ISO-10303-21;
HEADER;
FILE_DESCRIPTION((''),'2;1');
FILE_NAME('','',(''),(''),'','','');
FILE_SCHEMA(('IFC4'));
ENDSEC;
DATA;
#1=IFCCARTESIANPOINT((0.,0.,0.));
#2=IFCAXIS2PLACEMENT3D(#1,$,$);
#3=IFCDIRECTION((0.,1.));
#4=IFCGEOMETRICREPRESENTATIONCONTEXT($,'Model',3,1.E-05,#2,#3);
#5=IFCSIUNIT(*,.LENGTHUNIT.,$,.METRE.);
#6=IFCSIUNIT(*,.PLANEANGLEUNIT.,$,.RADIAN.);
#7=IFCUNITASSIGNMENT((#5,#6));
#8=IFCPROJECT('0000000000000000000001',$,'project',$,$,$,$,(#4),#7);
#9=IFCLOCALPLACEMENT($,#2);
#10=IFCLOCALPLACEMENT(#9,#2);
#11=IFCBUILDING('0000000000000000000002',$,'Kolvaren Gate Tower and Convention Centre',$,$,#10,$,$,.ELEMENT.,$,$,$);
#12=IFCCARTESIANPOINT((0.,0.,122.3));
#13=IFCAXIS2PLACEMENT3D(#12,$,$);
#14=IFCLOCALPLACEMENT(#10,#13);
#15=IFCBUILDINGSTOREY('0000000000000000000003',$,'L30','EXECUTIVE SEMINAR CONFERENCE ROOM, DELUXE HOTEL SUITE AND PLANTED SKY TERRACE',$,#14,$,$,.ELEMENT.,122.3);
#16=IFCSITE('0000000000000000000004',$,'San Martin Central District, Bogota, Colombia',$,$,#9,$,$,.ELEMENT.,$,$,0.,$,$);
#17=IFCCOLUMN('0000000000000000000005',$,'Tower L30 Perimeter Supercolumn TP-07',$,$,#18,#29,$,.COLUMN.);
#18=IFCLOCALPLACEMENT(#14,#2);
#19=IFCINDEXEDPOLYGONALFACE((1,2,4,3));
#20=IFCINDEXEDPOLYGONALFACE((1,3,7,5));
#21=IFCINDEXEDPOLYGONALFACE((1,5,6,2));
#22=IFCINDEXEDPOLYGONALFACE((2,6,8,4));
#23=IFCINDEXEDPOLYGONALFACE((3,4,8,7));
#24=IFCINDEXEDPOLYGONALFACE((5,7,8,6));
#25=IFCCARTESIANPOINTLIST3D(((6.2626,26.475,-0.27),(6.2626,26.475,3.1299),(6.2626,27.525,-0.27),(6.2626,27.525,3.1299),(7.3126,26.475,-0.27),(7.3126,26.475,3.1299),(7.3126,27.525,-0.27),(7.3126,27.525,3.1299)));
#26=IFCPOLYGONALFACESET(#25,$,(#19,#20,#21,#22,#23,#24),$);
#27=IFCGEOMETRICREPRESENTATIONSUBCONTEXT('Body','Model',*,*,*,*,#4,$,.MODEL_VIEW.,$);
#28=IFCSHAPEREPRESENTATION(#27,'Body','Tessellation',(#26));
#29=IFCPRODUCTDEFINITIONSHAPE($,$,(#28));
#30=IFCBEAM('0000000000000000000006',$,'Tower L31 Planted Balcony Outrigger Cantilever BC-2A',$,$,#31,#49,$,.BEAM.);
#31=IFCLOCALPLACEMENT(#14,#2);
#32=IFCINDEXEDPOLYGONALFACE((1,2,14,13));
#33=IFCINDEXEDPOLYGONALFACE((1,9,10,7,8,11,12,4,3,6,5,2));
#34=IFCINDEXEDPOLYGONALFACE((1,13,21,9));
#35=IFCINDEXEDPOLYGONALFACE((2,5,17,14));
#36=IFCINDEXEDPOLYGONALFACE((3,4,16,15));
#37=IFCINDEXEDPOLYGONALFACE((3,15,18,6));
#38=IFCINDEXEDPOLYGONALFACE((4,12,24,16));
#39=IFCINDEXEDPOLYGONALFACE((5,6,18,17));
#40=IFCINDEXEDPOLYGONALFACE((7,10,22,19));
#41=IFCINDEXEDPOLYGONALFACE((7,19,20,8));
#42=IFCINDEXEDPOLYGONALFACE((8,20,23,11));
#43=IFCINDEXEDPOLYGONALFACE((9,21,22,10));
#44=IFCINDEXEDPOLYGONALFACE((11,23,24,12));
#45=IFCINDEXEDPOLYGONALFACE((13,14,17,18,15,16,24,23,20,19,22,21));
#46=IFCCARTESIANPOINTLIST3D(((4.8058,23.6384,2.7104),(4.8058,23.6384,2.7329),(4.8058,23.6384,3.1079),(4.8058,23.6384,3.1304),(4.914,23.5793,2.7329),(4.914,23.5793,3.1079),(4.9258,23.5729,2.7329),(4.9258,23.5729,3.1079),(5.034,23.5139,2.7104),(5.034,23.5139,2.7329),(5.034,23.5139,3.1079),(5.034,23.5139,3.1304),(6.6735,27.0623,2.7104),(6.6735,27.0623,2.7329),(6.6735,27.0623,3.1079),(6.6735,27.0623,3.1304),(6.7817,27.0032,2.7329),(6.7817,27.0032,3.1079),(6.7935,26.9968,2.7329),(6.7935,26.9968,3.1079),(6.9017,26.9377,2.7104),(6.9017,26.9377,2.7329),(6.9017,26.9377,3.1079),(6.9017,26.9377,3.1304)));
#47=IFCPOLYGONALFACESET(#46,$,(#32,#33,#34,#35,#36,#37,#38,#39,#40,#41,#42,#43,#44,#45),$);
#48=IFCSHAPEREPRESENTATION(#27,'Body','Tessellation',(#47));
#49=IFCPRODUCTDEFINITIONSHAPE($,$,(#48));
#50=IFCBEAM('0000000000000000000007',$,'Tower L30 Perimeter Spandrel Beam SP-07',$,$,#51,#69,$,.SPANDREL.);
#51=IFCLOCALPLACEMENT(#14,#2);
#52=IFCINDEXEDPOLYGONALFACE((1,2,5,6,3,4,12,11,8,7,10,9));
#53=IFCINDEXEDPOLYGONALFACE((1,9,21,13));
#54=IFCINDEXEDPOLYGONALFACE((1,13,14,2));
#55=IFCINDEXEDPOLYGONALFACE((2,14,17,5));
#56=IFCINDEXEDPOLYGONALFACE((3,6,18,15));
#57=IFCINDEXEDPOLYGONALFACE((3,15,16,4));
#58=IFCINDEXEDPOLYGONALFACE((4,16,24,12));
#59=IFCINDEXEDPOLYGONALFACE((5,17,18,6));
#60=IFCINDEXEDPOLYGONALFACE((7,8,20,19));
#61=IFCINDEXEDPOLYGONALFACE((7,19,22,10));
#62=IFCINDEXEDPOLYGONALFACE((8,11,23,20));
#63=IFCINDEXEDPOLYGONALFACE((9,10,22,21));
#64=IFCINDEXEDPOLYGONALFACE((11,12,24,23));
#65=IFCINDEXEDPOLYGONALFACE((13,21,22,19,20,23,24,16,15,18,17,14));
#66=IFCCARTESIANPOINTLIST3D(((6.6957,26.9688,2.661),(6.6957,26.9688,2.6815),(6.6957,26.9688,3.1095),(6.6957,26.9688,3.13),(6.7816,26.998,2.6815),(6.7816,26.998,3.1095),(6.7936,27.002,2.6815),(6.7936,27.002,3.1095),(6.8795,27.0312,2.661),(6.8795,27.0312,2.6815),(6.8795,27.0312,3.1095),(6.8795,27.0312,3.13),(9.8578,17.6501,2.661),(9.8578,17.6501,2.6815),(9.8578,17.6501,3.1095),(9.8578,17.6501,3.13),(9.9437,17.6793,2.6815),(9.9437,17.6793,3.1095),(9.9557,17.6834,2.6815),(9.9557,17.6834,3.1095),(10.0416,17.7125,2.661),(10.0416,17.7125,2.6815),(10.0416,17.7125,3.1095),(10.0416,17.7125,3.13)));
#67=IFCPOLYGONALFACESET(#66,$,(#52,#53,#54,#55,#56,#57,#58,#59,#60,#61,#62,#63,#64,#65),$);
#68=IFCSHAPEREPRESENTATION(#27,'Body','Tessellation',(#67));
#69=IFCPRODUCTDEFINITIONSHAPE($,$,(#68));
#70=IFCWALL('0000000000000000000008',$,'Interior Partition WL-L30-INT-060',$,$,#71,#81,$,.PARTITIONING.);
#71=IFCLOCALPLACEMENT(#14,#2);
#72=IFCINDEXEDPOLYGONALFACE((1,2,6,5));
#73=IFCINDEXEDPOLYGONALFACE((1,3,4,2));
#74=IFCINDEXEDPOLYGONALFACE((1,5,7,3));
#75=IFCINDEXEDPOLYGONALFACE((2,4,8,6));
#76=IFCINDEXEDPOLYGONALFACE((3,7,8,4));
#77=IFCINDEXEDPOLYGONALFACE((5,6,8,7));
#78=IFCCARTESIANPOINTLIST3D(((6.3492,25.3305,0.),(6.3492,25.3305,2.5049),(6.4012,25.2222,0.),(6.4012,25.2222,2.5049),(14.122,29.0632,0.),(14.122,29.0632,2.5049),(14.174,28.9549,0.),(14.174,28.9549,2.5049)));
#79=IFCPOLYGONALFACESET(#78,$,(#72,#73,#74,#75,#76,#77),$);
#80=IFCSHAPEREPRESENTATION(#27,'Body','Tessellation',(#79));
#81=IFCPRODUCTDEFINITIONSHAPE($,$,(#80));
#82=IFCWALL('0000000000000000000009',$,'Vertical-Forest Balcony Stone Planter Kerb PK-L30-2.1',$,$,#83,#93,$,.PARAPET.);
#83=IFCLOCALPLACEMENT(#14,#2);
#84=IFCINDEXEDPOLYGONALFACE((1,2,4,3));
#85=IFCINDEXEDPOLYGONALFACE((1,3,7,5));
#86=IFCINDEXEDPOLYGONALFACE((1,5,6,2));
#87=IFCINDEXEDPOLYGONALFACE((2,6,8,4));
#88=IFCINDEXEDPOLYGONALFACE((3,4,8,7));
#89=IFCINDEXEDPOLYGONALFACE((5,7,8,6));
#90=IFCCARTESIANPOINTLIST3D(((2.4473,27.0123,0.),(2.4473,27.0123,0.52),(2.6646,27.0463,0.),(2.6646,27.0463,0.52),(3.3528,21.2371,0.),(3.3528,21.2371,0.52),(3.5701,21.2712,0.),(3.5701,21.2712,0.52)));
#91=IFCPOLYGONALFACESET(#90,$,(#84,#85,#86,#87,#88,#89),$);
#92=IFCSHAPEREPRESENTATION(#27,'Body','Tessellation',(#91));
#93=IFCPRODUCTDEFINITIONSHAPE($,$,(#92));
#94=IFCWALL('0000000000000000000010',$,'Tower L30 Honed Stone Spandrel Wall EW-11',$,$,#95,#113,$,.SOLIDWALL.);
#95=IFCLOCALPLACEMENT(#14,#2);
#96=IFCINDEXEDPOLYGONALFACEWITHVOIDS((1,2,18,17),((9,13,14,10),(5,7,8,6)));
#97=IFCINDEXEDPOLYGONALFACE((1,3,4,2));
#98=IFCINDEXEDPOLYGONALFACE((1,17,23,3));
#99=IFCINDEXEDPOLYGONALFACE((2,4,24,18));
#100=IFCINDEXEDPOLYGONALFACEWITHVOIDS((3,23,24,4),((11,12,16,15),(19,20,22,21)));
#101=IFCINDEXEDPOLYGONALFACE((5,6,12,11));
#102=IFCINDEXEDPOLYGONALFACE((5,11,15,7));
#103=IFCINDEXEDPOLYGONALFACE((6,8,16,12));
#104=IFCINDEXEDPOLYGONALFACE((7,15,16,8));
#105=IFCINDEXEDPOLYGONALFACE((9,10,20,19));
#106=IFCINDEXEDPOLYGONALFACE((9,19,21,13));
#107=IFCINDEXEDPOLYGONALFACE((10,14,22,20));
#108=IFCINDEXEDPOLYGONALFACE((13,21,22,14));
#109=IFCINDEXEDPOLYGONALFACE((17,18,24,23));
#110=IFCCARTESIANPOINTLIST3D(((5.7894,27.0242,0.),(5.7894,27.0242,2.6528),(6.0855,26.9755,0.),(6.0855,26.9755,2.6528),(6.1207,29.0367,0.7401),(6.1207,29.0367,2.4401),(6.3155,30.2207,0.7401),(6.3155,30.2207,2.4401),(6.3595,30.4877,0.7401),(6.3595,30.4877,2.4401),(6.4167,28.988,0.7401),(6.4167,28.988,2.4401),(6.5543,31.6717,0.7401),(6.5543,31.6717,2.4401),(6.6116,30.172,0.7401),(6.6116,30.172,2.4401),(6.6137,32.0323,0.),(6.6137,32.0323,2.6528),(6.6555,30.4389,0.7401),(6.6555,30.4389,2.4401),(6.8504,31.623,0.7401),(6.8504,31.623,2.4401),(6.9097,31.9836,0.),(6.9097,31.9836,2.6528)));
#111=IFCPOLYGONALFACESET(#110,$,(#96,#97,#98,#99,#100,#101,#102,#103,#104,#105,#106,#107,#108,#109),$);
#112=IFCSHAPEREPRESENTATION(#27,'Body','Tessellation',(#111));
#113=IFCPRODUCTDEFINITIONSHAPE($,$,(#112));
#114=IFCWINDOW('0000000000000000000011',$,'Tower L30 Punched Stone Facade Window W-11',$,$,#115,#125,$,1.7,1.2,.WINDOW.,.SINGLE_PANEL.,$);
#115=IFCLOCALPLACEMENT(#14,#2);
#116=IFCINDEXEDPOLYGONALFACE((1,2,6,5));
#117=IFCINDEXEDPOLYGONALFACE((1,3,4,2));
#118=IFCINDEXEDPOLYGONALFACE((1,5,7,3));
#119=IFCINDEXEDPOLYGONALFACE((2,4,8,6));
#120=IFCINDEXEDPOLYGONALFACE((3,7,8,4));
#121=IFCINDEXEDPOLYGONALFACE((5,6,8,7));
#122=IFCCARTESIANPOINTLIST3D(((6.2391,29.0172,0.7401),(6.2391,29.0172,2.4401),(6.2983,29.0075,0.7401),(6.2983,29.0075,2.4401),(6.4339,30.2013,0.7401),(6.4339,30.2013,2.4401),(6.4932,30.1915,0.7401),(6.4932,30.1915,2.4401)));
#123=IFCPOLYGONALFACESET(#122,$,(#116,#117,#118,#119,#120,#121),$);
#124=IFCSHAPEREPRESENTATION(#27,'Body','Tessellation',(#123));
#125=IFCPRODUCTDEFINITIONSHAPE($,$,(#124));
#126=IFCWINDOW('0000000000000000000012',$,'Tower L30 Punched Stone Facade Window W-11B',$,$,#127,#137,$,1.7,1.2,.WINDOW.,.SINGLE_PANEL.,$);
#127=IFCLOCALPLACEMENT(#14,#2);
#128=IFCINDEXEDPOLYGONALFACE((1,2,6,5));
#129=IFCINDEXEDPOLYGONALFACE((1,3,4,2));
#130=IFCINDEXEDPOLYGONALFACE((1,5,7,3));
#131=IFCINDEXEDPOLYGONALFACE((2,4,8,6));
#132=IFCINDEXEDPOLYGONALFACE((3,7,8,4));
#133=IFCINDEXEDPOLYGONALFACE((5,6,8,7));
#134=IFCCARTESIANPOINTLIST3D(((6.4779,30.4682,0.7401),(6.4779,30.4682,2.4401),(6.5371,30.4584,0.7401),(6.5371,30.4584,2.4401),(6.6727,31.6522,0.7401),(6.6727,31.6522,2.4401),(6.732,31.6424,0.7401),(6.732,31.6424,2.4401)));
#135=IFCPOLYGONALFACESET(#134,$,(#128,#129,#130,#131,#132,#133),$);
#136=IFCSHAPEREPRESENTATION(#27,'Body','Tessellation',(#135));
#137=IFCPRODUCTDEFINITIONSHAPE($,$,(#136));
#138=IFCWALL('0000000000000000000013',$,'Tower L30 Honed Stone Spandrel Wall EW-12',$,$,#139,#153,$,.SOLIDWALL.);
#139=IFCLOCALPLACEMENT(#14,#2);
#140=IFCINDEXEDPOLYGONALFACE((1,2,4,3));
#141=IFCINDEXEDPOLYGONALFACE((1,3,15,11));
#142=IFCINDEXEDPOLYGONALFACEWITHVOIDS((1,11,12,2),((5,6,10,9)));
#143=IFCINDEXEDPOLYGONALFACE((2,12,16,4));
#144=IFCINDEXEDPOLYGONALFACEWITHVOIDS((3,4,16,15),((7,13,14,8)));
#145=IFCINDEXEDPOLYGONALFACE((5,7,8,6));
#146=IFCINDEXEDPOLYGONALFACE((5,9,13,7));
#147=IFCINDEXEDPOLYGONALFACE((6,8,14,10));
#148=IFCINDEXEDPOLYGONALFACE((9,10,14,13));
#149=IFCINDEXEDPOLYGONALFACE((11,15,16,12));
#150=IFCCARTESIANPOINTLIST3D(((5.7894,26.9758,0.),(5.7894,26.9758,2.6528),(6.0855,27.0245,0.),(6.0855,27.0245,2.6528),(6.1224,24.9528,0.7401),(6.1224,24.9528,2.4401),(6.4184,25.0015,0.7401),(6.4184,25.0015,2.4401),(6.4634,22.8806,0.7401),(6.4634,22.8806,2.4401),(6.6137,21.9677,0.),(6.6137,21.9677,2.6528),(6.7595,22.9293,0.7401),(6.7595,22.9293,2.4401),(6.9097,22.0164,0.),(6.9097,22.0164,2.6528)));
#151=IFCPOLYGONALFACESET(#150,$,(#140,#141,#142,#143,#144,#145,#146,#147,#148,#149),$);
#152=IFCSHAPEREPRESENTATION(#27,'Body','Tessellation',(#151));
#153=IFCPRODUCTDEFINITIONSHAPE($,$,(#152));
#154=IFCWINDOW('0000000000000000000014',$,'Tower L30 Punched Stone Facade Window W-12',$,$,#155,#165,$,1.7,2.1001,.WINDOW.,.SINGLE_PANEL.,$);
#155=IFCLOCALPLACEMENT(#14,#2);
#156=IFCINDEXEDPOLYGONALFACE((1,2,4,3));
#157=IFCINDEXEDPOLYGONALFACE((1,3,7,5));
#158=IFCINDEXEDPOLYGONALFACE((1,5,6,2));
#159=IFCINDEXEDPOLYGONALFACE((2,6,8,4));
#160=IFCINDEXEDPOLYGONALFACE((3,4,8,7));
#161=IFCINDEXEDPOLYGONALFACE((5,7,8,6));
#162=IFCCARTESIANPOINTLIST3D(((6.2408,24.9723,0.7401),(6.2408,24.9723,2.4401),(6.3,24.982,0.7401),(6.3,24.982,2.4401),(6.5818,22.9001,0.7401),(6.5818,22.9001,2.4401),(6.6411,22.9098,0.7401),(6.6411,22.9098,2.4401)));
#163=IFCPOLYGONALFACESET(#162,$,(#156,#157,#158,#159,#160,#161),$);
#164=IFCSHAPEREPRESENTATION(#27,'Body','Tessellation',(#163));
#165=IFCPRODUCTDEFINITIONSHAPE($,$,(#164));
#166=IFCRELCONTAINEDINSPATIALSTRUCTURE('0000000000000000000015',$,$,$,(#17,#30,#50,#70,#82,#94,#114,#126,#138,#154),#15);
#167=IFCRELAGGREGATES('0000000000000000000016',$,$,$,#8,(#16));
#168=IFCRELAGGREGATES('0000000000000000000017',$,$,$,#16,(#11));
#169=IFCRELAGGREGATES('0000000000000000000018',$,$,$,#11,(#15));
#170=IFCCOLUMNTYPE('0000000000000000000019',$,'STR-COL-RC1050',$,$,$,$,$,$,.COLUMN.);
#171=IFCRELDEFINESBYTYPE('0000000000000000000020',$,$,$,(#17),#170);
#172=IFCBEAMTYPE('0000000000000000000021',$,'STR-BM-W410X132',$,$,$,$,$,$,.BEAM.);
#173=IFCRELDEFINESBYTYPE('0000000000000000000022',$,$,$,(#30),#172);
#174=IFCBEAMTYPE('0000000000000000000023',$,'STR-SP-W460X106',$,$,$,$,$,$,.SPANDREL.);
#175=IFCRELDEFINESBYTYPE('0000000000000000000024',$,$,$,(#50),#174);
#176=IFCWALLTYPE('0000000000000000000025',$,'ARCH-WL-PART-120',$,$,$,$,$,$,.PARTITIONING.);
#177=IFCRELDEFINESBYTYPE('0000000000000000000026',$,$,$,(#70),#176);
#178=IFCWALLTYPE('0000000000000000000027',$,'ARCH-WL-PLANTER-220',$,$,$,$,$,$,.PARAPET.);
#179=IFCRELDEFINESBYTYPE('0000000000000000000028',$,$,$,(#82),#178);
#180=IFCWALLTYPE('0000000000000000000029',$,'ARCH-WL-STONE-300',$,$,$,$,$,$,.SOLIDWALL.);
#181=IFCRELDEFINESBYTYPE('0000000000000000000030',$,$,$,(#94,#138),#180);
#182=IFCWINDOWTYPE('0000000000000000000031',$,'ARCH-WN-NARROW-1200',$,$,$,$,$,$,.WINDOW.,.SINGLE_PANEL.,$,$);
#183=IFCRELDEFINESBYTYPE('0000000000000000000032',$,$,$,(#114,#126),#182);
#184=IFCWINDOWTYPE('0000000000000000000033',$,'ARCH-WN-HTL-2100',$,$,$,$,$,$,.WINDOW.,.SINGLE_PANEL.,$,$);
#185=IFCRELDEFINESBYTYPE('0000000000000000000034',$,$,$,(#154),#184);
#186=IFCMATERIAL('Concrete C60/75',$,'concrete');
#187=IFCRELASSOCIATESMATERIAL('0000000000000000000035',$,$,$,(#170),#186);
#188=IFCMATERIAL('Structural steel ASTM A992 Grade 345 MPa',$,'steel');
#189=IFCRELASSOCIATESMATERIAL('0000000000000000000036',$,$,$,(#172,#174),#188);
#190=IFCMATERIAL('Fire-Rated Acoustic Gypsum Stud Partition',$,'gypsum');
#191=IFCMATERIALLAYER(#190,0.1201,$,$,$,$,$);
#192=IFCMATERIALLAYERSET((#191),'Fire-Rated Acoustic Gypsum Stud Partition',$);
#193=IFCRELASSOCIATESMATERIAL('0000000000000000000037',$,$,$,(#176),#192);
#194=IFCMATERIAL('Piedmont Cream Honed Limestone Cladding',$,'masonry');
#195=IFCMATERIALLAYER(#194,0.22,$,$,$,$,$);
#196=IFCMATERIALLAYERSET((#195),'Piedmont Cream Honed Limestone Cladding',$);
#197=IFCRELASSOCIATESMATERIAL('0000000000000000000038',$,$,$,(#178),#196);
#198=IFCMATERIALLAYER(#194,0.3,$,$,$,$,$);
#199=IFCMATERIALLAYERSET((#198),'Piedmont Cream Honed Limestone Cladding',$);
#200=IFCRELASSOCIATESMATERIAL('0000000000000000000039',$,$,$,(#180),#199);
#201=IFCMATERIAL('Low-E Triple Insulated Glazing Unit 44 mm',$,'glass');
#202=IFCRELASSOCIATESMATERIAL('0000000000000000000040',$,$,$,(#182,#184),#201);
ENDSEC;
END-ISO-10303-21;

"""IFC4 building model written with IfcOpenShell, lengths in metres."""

from ifc_helpers import new_model, si_unit, direction, frame, frame_2d, origin, origin_2d, place, context, subcontext, project, spatial, rectangle, i_section, extrude, material, layer, layer_set, material_profile, profile_set, type_object, element, fill, save


model = new_model("IFC4")

# Units and contexts
model_context = context("Model", 3, precision=1e-05, world=origin(), true_north=direction((0.0, 1.0)))
body_context = subcontext(model_context, "Body", "Model", "MODEL_VIEW")
ifc_project = project(units=[si_unit("LENGTHUNIT", "METRE"), si_unit("PLANEANGLEUNIT", "RADIAN")], contexts=[model_context])

# Site, building, storey
site_placement = place(None, origin())
site = spatial("IfcSite", under=ifc_project, at=site_placement, Name="San Martin Central District, Bogota, Colombia", CompositionType="ELEMENT", RefElevation=0.0)
building_placement = place(site_placement, origin())
building = spatial("IfcBuilding", under=site, at=building_placement, Name="Kolvaren Gate Tower and Convention Centre", CompositionType="ELEMENT")
storey_placement = place(building_placement, frame((0.0, 0.0, 122.3)))
storey = spatial("IfcBuildingStorey", under=building, at=storey_placement, Name="L30", Description="EXECUTIVE SEMINAR CONFERENCE ROOM, DELUXE HOTEL SUITE AND PLANTED SKY TERRACE", CompositionType="ELEMENT", Elevation=122.3)

# Column
ifc_material_1 = material(Name="Concrete C60/75", Category="concrete")
ifc_material_profile_1 = material_profile(ifc_material_1, rectangle(XDim=1.05, YDim=1.05, at=origin_2d()), Name="RC-COL-1050X1050")
ifc_profile_set_1 = profile_set([ifc_material_profile_1], Name="Concrete C60/75")
column_type = type_object("IfcColumnType", Name="STR-COL-RC1050", PredefinedType="COLUMN", material=ifc_profile_set_1)
column_placement = place(storey_placement, frame((6.7876, 27.0, -0.27), z_axis=(0.0, 0.0, 1.0), x_axis=(1.0, 0.0, 0.0)))
element("IfcColumn", 1, at=column_placement, inside=storey, type_object=column_type, Name="Tower L30 Perimeter Supercolumn TP-07", PredefinedType="COLUMN", context=body_context, shape_type="SweptSolid", body=[
    extrude(rectangle(XDim=1.05, YDim=1.05, at=origin_2d()), origin(), (0.0, 0.0, 1.0), 3.3999),
])

# Beams
ifc_material_2 = material(Name="Structural steel ASTM A992 Grade 345 MPa", Category="steel")
ifc_material_profile_2 = material_profile(ifc_material_2, i_section(OverallWidth=0.26, OverallDepth=0.4199, WebThickness=0.0134, FlangeThickness=0.0225, at=origin_2d()), Name="W410X132")
ifc_profile_set_2 = profile_set([ifc_material_profile_2], Name="Structural steel ASTM A992 Grade 345 MPa")
beam_type_1 = type_object("IfcBeamType", Name="STR-BM-W410X132", PredefinedType="BEAM", material=ifc_profile_set_2)
beam_1_placement = place(storey_placement, frame((6.7876, 27.0, 2.9204), z_axis=(-0.478878, -0.877881, 0.0), x_axis=(0.877881, -0.478878, 0.0)))
element("IfcBeam", 2, at=beam_1_placement, inside=storey, type_object=beam_type_1, Name="Tower L31 Planted Balcony Outrigger Cantilever BC-2A", PredefinedType="BEAM", context=body_context, shape_type="SweptSolid", body=[
    extrude(i_section(OverallWidth=0.26, OverallDepth=0.4199, WebThickness=0.0134, FlangeThickness=0.0225, at=origin_2d()), origin(), (0.0, 0.0, 1.0), 3.9001),
])
ifc_material_profile_3 = material_profile(ifc_material_2, i_section(OverallWidth=0.1941, OverallDepth=0.469, WebThickness=0.0127, FlangeThickness=0.0205, at=origin_2d()), Name="W460X106")
ifc_profile_set_3 = profile_set([ifc_material_profile_3], Name="Structural steel ASTM A992 Grade 345 MPa")
beam_type_2 = type_object("IfcBeamType", Name="STR-SP-W460X106", PredefinedType="SPANDREL", material=ifc_profile_set_3)
beam_2_placement = place(storey_placement, frame((6.7876, 27.0, 2.8955), z_axis=(0.321336, -0.946965, 0.0), x_axis=(0.946965, 0.321336, 0.0)))
element("IfcBeam", 3, at=beam_2_placement, inside=storey, type_object=beam_type_2, Name="Tower L30 Perimeter Spandrel Beam SP-07", PredefinedType="SPANDREL", context=body_context, shape_type="SweptSolid", body=[
    extrude(i_section(OverallWidth=0.1941, OverallDepth=0.469, WebThickness=0.0127, FlangeThickness=0.0205, at=origin_2d()), origin(), (0.0, 0.0, 1.0), 9.8406),
])

# Walls
ifc_material_3 = material(Name="Fire-Rated Acoustic Gypsum Stud Partition", Category="gypsum")
ifc_layer_1 = layer(ifc_material_3, 0.1201)
ifc_layer_set_1 = layer_set([ifc_layer_1], Name="Fire-Rated Acoustic Gypsum Stud Partition")
wall_type_1 = type_object("IfcWallType", Name="ARCH-WL-PART-120", PredefinedType="PARTITIONING", material=ifc_layer_set_1)
wall_1_placement = place(storey_placement, frame((6.3752, 25.2764, 0.0), z_axis=(0.0, 0.0, 1.0), x_axis=(0.901443, 0.432898, 0.0)))
element("IfcWall", 4, at=wall_1_placement, inside=storey, type_object=wall_type_1, Name="Interior Partition WL-L30-INT-060", PredefinedType="PARTITIONING", context=body_context, shape_type="SweptSolid", body=[
    extrude(rectangle(XDim=8.6226, YDim=0.1201, at=frame_2d((4.3113, 0.0))), origin(), (0.0, 0.0, 1.0), 2.5049),
])
ifc_material_4 = material(Name="Piedmont Cream Honed Limestone Cladding", Category="masonry")
ifc_layer_2 = layer(ifc_material_4, 0.22)
ifc_layer_set_2 = layer_set([ifc_layer_2], Name="Piedmont Cream Honed Limestone Cladding")
wall_type_2 = type_object("IfcWallType", Name="ARCH-WL-PLANTER-220", PredefinedType="PARAPET", material=ifc_layer_set_2)
wall_2_placement = place(storey_placement, frame((2.5559, 27.0293, 0.0), z_axis=(0.0, 0.0, 1.0), x_axis=(0.154903, -0.98793, 0.0)))
element("IfcWall", 5, at=wall_2_placement, inside=storey, type_object=wall_type_2, Name="Vertical-Forest Balcony Stone Planter Kerb PK-L30-2.1", PredefinedType="PARAPET", context=body_context, shape_type="SweptSolid", body=[
    extrude(rectangle(XDim=5.8457, YDim=0.22, at=frame_2d((2.9229, 0.0))), origin(), (0.0, 0.0, 1.0), 0.52),
])

# Wall, openings, windows
ifc_layer_3 = layer(ifc_material_4, 0.3)
ifc_layer_set_3 = layer_set([ifc_layer_3], Name="Piedmont Cream Honed Limestone Cladding")
wall_type_3 = type_object("IfcWallType", Name="ARCH-WL-STONE-300", PredefinedType="SOLIDWALL", material=ifc_layer_set_3)
wall_3_placement = place(storey_placement, frame((5.9375, 27.0, 0.0), z_axis=(0.0, 0.0, 1.0), x_axis=(0.162394, 0.986726, 0.0)))
wall_3 = element("IfcWall", 6, at=wall_3_placement, inside=storey, type_object=wall_type_3, Name="Tower L30 Honed Stone Spandrel Wall EW-11", PredefinedType="SOLIDWALL", context=body_context, shape_type="SweptSolid", body=[
    extrude(rectangle(XDim=5.0754, YDim=0.3, at=frame_2d((2.5376, 0.0))), origin(), (0.0, 0.0, 1.0), 2.6528),
])
opening_1_placement = place(wall_3_placement, frame((2.0393, 0.0, 0.74)))
opening_1 = element("IfcOpeningElement", 7, at=opening_1_placement, cuts=wall_3, PredefinedType="OPENING", context=body_context, shape_type="SweptSolid", body=[
    extrude(rectangle(XDim=1.2, YDim=1.7, at=frame_2d((0.6001, 0.8501))), frame((0.0, 0.1599, 0.0), z_axis=(0.0, -1.0, 0.0), x_axis=(1.0, 0.0, 0.0)), (0.0, 0.0, 1.0), 0.3201),
])
opening_2_placement = place(wall_3_placement, frame((3.5098, 0.0, 0.74)))
opening_2 = element("IfcOpeningElement", 8, at=opening_2_placement, cuts=wall_3, PredefinedType="OPENING", context=body_context, shape_type="SweptSolid", body=[
    extrude(rectangle(XDim=1.2, YDim=1.7, at=frame_2d((0.6001, 0.8501))), frame((0.0, 0.1599, 0.0), z_axis=(0.0, -1.0, 0.0), x_axis=(1.0, 0.0, 0.0)), (0.0, 0.0, 1.0), 0.3201),
])
ifc_material_5 = material(Name="Low-E Triple Insulated Glazing Unit 44 mm", Category="glass")
window_type_1 = type_object("IfcWindowType", Name="ARCH-WN-NARROW-1200", PartitioningType="SINGLE_PANEL", PredefinedType="WINDOW", material=ifc_material_5)
window_1_placement = place(opening_1_placement, origin())
window_1 = element("IfcWindow", 9, at=window_1_placement, inside=storey, type_object=window_type_1, Name="Tower L30 Punched Stone Facade Window W-11", OverallHeight=1.7, OverallWidth=1.2, PartitioningType="SINGLE_PANEL", PredefinedType="WINDOW", context=body_context, shape_type="SweptSolid", body=[
    extrude(rectangle(XDim=1.2, YDim=1.7, at=frame_2d((0.6001, 0.8501))), frame((0.0, 0.03, 0.0), z_axis=(0.0, -1.0, 0.0), x_axis=(1.0, 0.0, 0.0)), (0.0, 0.0, 1.0), 0.0601),
])
fill(opening_1, window_1)
window_2_placement = place(opening_2_placement, origin())
window_2 = element("IfcWindow", 10, at=window_2_placement, inside=storey, type_object=window_type_1, Name="Tower L30 Punched Stone Facade Window W-11B", OverallHeight=1.7, OverallWidth=1.2, PartitioningType="SINGLE_PANEL", PredefinedType="WINDOW", context=body_context, shape_type="SweptSolid", body=[
    extrude(rectangle(XDim=1.2, YDim=1.7, at=frame_2d((0.6001, 0.8501))), frame((0.0, 0.03, 0.0), z_axis=(0.0, -1.0, 0.0), x_axis=(1.0, 0.0, 0.0)), (0.0, 0.0, 1.0), 0.0601),
])
fill(opening_2, window_2)

# Wall, opening, window
wall_4_placement = place(storey_placement, frame((5.9375, 27.0, 0.0), z_axis=(0.0, 0.0, 1.0), x_axis=(0.162394, -0.986726, 0.0)))
wall_4 = element("IfcWall", 11, at=wall_4_placement, inside=storey, type_object=wall_type_3, Name="Tower L30 Honed Stone Spandrel Wall EW-12", PredefinedType="SOLIDWALL", context=body_context, shape_type="SweptSolid", body=[
    extrude(rectangle(XDim=5.0754, YDim=0.3, at=frame_2d((2.5376, 0.0))), origin(), (0.0, 0.0, 1.0), 2.6528),
])
opening_3_placement = place(wall_4_placement, frame((2.05, 0.0, 0.74)))
opening_3 = element("IfcOpeningElement", 12, at=opening_3_placement, cuts=wall_4, PredefinedType="OPENING", context=body_context, shape_type="SweptSolid", body=[
    extrude(rectangle(XDim=2.1001, YDim=1.7, at=frame_2d((1.05, 0.8501))), frame((0.0, 0.1599, 0.0), z_axis=(0.0, -1.0, 0.0), x_axis=(1.0, 0.0, 0.0)), (0.0, 0.0, 1.0), 0.3201),
])
window_type_2 = type_object("IfcWindowType", Name="ARCH-WN-HTL-2100", PartitioningType="SINGLE_PANEL", PredefinedType="WINDOW", material=ifc_material_5)
window_3_placement = place(opening_3_placement, origin())
window_3 = element("IfcWindow", 13, at=window_3_placement, inside=storey, type_object=window_type_2, Name="Tower L30 Punched Stone Facade Window W-12", OverallHeight=1.7, OverallWidth=2.1001, PartitioningType="SINGLE_PANEL", PredefinedType="WINDOW", context=body_context, shape_type="SweptSolid", body=[
    extrude(rectangle(XDim=2.1001, YDim=1.7, at=frame_2d((1.05, 0.8501))), frame((0.0, 0.03, 0.0), z_axis=(0.0, -1.0, 0.0), x_axis=(1.0, 0.0, 0.0)), (0.0, 0.0, 1.0), 0.0601),
])
fill(opening_3, window_3)

save(model, "model.ifc")
